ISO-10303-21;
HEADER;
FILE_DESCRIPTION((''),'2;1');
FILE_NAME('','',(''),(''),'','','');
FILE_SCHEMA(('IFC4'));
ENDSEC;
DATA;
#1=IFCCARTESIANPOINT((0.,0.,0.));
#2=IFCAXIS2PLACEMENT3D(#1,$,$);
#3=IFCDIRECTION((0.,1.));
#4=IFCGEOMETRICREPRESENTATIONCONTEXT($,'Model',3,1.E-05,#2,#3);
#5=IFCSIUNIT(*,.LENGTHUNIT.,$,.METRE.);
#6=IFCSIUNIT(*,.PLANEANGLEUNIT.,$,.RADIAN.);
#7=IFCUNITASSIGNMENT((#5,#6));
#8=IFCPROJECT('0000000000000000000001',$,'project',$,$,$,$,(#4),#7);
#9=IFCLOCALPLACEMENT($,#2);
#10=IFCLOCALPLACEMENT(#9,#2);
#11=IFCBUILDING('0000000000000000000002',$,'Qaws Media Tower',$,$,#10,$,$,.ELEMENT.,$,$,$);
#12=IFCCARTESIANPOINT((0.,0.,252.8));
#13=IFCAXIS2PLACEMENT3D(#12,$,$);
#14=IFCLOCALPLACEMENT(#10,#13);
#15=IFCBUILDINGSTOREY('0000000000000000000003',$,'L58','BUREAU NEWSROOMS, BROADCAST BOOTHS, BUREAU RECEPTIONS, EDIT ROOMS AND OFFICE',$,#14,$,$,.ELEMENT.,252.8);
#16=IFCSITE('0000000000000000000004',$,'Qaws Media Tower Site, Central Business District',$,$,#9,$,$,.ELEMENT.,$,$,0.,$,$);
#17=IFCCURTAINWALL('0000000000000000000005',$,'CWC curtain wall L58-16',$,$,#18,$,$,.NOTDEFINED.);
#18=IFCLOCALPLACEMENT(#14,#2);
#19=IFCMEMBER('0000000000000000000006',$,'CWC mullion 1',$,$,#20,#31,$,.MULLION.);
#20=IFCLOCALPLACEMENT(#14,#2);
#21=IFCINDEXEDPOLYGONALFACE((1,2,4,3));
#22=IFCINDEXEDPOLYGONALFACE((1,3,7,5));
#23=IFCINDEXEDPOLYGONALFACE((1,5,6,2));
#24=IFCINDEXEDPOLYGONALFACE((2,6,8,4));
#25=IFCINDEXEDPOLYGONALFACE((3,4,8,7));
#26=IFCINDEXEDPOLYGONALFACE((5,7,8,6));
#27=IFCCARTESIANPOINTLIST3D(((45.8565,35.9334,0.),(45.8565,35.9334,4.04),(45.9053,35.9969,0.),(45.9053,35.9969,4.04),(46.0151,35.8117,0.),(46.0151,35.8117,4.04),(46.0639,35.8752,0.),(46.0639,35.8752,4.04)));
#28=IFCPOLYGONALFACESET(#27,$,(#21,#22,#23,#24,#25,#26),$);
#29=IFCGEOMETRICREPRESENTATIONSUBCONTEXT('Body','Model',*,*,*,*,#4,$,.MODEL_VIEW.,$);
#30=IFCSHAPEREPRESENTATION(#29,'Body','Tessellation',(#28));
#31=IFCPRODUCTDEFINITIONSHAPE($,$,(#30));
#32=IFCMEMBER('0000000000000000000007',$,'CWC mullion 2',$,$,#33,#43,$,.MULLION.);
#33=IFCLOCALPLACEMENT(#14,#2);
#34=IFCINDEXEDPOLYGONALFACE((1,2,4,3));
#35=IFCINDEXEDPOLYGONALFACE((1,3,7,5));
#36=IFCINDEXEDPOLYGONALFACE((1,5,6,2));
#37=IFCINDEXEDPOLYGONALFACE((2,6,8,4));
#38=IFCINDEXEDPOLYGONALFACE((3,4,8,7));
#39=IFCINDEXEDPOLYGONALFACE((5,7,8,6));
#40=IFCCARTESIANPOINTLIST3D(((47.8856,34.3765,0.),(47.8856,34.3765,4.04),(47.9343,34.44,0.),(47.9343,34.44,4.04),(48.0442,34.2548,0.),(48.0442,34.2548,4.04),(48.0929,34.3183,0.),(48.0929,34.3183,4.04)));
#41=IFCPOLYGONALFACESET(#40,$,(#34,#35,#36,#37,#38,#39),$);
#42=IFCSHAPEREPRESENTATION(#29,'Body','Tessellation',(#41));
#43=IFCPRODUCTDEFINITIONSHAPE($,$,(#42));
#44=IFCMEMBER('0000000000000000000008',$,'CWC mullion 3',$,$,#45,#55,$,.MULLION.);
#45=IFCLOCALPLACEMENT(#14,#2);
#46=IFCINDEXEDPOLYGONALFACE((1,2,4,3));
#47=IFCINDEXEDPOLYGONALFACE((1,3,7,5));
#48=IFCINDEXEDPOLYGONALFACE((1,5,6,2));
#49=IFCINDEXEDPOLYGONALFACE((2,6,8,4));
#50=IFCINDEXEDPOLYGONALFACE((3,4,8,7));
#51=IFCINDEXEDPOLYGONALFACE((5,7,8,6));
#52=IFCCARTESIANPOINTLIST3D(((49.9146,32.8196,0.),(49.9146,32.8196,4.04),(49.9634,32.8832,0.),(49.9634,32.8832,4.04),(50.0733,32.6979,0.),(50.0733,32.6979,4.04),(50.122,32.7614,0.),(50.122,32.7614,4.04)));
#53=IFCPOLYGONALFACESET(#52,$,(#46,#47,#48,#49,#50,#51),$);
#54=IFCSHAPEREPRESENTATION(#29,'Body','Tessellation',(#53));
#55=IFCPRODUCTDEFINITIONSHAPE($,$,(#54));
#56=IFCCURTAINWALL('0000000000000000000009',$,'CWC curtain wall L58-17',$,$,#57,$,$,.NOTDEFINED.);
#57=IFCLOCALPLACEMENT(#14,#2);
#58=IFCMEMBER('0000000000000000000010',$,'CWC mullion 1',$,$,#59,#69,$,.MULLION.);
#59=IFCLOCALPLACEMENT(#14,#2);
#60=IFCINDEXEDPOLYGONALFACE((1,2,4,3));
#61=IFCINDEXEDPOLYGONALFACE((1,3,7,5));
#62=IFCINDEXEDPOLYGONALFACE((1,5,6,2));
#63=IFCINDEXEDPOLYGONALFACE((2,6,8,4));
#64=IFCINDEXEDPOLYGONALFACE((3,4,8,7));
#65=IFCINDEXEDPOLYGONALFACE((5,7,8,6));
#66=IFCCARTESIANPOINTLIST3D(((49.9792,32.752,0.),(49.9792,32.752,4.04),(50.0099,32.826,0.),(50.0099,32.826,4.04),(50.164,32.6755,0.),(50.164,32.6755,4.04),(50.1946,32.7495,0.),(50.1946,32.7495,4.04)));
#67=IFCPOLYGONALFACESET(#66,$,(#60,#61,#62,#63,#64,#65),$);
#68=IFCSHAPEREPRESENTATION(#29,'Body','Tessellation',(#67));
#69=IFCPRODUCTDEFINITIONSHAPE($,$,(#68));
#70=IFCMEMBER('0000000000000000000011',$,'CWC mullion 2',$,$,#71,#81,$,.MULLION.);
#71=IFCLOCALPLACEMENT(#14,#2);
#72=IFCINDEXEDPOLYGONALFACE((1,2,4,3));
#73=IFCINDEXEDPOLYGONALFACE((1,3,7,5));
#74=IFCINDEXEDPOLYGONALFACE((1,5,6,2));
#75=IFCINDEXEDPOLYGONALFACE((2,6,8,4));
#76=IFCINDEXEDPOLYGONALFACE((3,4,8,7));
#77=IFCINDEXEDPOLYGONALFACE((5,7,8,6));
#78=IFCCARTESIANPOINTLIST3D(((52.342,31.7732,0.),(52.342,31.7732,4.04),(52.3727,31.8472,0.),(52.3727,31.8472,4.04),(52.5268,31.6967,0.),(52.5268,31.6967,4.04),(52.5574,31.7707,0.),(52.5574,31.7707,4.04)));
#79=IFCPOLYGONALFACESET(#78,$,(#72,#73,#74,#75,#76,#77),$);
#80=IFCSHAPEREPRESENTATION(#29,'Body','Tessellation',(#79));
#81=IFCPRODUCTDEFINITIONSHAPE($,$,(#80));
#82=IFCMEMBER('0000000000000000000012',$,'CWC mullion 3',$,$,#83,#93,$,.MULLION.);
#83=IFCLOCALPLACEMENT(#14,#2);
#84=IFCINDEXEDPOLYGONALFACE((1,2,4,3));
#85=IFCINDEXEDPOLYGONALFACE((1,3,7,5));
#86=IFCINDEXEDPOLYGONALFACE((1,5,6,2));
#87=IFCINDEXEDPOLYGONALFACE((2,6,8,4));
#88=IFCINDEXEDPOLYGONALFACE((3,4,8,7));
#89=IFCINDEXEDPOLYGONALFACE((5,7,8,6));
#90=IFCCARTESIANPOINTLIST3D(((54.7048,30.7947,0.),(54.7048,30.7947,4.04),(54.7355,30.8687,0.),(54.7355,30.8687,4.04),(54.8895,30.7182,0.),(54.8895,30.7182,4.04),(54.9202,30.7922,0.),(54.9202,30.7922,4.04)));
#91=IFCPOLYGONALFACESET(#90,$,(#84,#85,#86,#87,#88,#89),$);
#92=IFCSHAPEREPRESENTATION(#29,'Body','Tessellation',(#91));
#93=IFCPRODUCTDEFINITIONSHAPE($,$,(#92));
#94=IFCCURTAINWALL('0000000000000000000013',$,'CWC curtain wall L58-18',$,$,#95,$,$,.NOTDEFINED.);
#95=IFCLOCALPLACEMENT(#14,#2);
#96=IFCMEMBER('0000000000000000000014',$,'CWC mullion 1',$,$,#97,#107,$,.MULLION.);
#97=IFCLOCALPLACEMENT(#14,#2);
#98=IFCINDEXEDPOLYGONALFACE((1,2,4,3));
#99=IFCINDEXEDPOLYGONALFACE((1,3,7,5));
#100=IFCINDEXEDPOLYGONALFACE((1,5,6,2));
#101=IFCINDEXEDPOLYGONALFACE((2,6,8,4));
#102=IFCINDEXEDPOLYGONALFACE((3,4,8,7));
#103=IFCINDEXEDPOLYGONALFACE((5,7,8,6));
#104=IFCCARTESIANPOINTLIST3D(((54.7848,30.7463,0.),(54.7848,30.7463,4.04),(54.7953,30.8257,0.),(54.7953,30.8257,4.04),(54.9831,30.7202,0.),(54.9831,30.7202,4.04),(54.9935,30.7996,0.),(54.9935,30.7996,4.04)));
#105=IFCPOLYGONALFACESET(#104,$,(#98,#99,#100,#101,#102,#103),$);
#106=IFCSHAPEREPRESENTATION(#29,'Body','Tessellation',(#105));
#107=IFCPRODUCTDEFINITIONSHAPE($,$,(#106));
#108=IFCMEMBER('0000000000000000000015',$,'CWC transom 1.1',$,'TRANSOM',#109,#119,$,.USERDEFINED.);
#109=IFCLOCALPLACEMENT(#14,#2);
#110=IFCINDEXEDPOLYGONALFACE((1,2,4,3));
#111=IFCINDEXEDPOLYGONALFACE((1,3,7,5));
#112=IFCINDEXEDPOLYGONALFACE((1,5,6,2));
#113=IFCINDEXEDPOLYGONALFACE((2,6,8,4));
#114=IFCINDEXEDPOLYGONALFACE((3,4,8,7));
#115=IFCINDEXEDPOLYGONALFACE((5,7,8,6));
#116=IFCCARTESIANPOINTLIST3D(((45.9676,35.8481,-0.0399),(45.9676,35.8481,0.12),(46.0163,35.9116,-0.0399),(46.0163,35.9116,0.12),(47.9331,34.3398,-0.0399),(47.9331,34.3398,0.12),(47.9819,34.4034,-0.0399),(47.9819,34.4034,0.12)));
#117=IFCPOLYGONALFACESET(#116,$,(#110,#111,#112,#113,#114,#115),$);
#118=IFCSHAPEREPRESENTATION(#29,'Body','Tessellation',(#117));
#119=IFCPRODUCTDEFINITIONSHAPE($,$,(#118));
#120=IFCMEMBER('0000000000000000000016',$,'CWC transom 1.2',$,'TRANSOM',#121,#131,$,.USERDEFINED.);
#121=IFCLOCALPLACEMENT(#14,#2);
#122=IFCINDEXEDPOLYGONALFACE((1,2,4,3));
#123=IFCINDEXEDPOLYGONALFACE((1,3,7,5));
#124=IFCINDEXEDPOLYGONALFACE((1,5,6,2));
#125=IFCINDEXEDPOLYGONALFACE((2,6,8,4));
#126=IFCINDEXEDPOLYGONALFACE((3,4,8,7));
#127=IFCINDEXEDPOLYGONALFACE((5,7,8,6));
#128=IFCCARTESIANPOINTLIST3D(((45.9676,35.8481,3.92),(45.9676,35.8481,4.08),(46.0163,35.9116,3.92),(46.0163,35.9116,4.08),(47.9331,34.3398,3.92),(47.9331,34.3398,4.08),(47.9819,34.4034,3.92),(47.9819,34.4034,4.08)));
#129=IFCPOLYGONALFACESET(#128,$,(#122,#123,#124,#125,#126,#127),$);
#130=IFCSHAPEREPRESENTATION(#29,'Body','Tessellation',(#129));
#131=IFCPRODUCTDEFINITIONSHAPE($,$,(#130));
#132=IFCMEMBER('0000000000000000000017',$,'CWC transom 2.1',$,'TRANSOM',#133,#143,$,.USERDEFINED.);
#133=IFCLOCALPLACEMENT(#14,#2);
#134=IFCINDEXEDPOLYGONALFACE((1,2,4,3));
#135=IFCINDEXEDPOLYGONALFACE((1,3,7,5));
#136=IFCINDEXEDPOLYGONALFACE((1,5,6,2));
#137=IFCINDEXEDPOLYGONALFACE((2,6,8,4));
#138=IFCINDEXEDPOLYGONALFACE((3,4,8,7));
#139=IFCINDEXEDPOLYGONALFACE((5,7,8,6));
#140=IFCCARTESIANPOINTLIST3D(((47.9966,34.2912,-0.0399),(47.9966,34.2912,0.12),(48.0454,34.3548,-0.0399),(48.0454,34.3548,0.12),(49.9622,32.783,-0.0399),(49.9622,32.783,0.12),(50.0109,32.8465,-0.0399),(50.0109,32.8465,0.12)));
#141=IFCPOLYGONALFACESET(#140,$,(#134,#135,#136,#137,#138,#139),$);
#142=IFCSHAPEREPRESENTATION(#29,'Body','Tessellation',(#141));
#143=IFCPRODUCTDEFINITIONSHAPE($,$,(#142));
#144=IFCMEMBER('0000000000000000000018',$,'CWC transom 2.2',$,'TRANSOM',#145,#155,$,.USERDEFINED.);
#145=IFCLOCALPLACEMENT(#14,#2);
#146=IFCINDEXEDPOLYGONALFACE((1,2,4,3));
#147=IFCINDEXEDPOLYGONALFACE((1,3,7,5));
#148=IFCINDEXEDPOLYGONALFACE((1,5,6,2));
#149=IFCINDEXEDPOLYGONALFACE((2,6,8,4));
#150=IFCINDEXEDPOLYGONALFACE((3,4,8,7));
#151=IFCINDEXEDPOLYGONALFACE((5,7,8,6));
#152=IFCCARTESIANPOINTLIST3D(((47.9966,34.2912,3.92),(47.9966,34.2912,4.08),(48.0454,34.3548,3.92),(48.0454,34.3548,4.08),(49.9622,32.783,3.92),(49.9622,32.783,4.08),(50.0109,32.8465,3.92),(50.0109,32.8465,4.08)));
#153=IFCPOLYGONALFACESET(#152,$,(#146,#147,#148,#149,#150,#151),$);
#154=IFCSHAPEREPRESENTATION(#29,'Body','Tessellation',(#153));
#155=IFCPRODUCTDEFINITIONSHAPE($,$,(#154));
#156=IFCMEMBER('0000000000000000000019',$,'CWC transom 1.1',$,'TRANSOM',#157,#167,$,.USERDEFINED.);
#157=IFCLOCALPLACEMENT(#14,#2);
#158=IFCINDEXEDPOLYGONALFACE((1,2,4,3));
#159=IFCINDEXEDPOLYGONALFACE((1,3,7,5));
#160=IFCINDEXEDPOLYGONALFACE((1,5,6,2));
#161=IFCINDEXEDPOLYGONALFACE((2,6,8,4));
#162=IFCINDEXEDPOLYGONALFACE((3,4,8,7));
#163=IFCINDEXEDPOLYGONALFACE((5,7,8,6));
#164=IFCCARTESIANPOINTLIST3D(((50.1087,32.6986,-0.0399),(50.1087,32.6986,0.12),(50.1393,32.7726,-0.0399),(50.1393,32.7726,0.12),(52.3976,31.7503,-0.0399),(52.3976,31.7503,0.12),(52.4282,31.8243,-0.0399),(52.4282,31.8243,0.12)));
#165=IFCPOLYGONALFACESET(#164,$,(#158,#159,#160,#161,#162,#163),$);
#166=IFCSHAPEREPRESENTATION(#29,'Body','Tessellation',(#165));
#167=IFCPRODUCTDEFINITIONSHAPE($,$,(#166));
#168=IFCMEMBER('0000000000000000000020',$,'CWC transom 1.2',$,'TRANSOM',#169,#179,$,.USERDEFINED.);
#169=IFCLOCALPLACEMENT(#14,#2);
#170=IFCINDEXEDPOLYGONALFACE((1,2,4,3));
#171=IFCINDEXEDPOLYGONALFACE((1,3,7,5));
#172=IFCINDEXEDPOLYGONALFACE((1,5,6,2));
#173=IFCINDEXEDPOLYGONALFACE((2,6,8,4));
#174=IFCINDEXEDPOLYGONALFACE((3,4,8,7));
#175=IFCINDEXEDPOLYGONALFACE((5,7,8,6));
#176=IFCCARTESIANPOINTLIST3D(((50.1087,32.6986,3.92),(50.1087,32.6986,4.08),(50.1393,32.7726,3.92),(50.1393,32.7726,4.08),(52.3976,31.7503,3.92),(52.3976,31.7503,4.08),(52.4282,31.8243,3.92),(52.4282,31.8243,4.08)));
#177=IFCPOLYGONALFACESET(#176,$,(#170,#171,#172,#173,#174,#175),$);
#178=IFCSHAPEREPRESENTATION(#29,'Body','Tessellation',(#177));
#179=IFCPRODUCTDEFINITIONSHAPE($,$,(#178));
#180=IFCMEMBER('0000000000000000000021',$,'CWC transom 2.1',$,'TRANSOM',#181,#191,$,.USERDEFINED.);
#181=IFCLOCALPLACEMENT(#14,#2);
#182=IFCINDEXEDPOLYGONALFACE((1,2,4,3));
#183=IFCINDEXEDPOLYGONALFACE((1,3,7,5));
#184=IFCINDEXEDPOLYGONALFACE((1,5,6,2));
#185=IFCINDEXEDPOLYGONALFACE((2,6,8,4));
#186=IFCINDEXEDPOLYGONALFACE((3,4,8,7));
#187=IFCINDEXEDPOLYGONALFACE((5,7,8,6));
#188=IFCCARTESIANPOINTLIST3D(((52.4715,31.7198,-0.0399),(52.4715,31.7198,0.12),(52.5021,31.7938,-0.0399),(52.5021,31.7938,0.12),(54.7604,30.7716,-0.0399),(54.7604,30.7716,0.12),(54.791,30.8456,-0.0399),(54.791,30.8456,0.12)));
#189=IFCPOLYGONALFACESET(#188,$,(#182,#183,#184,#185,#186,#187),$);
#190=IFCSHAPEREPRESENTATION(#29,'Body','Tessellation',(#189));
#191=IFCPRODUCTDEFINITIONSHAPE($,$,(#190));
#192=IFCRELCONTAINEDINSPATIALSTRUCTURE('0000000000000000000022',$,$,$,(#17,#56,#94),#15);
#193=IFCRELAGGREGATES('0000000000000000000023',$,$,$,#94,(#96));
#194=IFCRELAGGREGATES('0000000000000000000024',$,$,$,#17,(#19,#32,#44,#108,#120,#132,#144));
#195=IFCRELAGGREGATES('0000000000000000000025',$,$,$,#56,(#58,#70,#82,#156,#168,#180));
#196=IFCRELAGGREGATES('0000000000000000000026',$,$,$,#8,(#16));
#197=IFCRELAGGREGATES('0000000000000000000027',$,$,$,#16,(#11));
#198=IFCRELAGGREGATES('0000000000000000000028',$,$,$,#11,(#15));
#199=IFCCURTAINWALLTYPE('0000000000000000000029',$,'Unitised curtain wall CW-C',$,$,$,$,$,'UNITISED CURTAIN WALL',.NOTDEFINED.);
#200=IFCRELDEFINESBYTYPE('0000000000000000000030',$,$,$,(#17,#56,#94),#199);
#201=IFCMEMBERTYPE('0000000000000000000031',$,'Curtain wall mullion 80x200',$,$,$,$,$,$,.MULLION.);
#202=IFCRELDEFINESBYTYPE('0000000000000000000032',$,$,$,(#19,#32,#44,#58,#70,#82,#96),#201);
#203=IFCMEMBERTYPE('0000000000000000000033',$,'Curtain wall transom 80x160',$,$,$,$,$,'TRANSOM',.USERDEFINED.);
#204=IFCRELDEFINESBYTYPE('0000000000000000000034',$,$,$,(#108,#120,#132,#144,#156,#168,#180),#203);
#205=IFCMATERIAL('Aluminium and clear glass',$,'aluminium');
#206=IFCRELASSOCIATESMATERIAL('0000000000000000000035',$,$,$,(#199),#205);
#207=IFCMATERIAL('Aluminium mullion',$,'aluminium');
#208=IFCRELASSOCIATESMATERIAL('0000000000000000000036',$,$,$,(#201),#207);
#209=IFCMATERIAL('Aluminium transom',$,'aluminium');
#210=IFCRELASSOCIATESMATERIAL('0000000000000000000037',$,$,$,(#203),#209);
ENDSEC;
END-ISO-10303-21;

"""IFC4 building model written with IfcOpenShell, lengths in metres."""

from ifc_helpers import new_model, si_unit, direction, frame, origin, origin_2d, place, context, subcontext, project, spatial, rectangle, extrude, material, material_profile, profile_set, type_object, element, aggregate, save


model = new_model("IFC4")

# Units and contexts
model_context = context("Model", 3, precision=1e-05, world=origin(), true_north=direction((0.0, 1.0)))
body_context = subcontext(model_context, "Body", "Model", "MODEL_VIEW")
ifc_project = project(units=[si_unit("LENGTHUNIT", "METRE"), si_unit("PLANEANGLEUNIT", "RADIAN")], contexts=[model_context])

# Site, building, storey
site_placement = place(None, origin())
site = spatial("IfcSite", under=ifc_project, at=site_placement, Name="Qaws Media Tower Site, Central Business District", CompositionType="ELEMENT", RefElevation=0.0)
building_placement = place(site_placement, origin())
building = spatial("IfcBuilding", under=site, at=building_placement, Name="Qaws Media Tower", CompositionType="ELEMENT")
storey_placement = place(building_placement, frame((0.0, 0.0, 252.8)))
storey = spatial("IfcBuildingStorey", under=building, at=storey_placement, Name="L58", Description="BUREAU NEWSROOMS, BROADCAST BOOTHS, BUREAU RECEPTIONS, EDIT ROOMS AND OFFICE", CompositionType="ELEMENT", Elevation=252.8)

# Curtain walls, members
ifc_material_1 = material(Name="Aluminium and clear glass", Category="aluminium")
curtain_wall_type = type_object("IfcCurtainWallType", Name="Unitised curtain wall CW-C", ElementType="UNITISED CURTAIN WALL", PredefinedType="NOTDEFINED", material=ifc_material_1)
curtain_wall_1_placement = place(storey_placement, origin())
curtain_wall_1 = element("IfcCurtainWall", 1, at=curtain_wall_1_placement, inside=storey, type_object=curtain_wall_type, Name="CWC curtain wall L58-16", PredefinedType="NOTDEFINED")
ifc_material_2 = material(Name="Aluminium mullion", Category="aluminium")
ifc_material_profile_1 = material_profile(ifc_material_2, rectangle(XDim=0.0801, YDim=0.2, at=origin_2d()), Name="80x200")
ifc_profile_set_1 = profile_set([ifc_material_profile_1], Name="Aluminium mullion")
member_type_1 = type_object("IfcMemberType", Name="Curtain wall mullion 80x200", PredefinedType="MULLION", material=ifc_profile_set_1)
member_1_placement = place(storey_placement, frame((45.9602, 35.9043, 0.0), z_axis=(0.0, 0.0, 1.0), x_axis=(0.608761, 0.793353, 0.0)))
member_1 = element("IfcMember", 2, at=member_1_placement, type_object=member_type_1, Name="CWC mullion 1", PredefinedType="MULLION", context=body_context, shape_type="SweptSolid", body=[
    extrude(rectangle(XDim=0.0801, YDim=0.2, at=origin_2d()), origin(), (0.0, 0.0, 1.0), 4.04),
])
member_2_placement = place(storey_placement, frame((47.9893, 34.3474, 0.0), z_axis=(0.0, 0.0, 1.0), x_axis=(0.608761, 0.793353, 0.0)))
member_2 = element("IfcMember", 3, at=member_2_placement, type_object=member_type_1, Name="CWC mullion 2", PredefinedType="MULLION", context=body_context, shape_type="SweptSolid", body=[
    extrude(rectangle(XDim=0.0801, YDim=0.2, at=origin_2d()), origin(), (0.0, 0.0, 1.0), 4.04),
])
member_3_placement = place(storey_placement, frame((50.0183, 32.7905, 0.0), z_axis=(0.0, 0.0, 1.0), x_axis=(0.608761, 0.793353, 0.0)))
member_3 = element("IfcMember", 4, at=member_3_placement, type_object=member_type_1, Name="CWC mullion 3", PredefinedType="MULLION", context=body_context, shape_type="SweptSolid", body=[
    extrude(rectangle(XDim=0.0801, YDim=0.2, at=origin_2d()), origin(), (0.0, 0.0, 1.0), 4.04),
])
curtain_wall_2_placement = place(storey_placement, origin())
curtain_wall_2 = element("IfcCurtainWall", 5, at=curtain_wall_2_placement, inside=storey, type_object=curtain_wall_type, Name="CWC curtain wall L58-17", PredefinedType="NOTDEFINED")
member_4_placement = place(storey_placement, frame((50.0869, 32.7507, 0.0), z_axis=(0.0, 0.0, 1.0), x_axis=(0.382683, 0.92388, 0.0)))
member_4 = element("IfcMember", 6, at=member_4_placement, type_object=member_type_1, Name="CWC mullion 1", PredefinedType="MULLION", context=body_context, shape_type="SweptSolid", body=[
    extrude(rectangle(XDim=0.0801, YDim=0.2, at=origin_2d()), origin(), (0.0, 0.0, 1.0), 4.04),
])
member_5_placement = place(storey_placement, frame((52.4497, 31.772, 0.0), z_axis=(0.0, 0.0, 1.0), x_axis=(0.382683, 0.92388, 0.0)))
member_5 = element("IfcMember", 7, at=member_5_placement, type_object=member_type_1, Name="CWC mullion 2", PredefinedType="MULLION", context=body_context, shape_type="SweptSolid", body=[
    extrude(rectangle(XDim=0.0801, YDim=0.2, at=origin_2d()), origin(), (0.0, 0.0, 1.0), 4.04),
])
member_6_placement = place(storey_placement, frame((54.8125, 30.7935, 0.0), z_axis=(0.0, 0.0, 1.0), x_axis=(0.382683, 0.92388, 0.0)))
member_6 = element("IfcMember", 8, at=member_6_placement, type_object=member_type_1, Name="CWC mullion 3", PredefinedType="MULLION", context=body_context, shape_type="SweptSolid", body=[
    extrude(rectangle(XDim=0.0801, YDim=0.2, at=origin_2d()), origin(), (0.0, 0.0, 1.0), 4.04),
])

# Curtain wall, member
curtain_wall_3_placement = place(storey_placement, origin())
curtain_wall_3 = element("IfcCurtainWall", 9, at=curtain_wall_3_placement, inside=storey, type_object=curtain_wall_type, Name="CWC curtain wall L58-18", PredefinedType="NOTDEFINED")
member_7_placement = place(storey_placement, frame((54.8892, 30.7729, 0.0), z_axis=(0.0, 0.0, 1.0), x_axis=(0.130526, 0.991445, 0.0)))
member_7 = element("IfcMember", 10, at=member_7_placement, type_object=member_type_1, Name="CWC mullion 1", PredefinedType="MULLION", context=body_context, shape_type="SweptSolid", body=[
    extrude(rectangle(XDim=0.0801, YDim=0.2, at=origin_2d()), origin(), (0.0, 0.0, 1.0), 4.04),
])

# Members
ifc_material_3 = material(Name="Aluminium transom", Category="aluminium")
ifc_material_profile_2 = material_profile(ifc_material_3, rectangle(XDim=0.0801, YDim=0.1599, at=origin_2d()), Name="80x160")
ifc_profile_set_2 = profile_set([ifc_material_profile_2], Name="Aluminium transom")
member_type_2 = type_object("IfcMemberType", Name="Curtain wall transom 80x160", ElementType="TRANSOM", PredefinedType="USERDEFINED", material=ifc_profile_set_2)
member_8_placement = place(storey_placement, frame((45.9919, 35.8799, 0.04), z_axis=(0.793341, -0.608777, 0.0), x_axis=(0.608777, 0.793341, 0.0)))
member_8 = element("IfcMember", 11, at=member_8_placement, type_object=member_type_2, Name="CWC transom 1.1", ObjectType="TRANSOM", PredefinedType="USERDEFINED", context=body_context, shape_type="SweptSolid", body=[
    extrude(rectangle(XDim=0.0801, YDim=0.1599, at=origin_2d()), origin(), (0.0, 0.0, 1.0), 2.4775),
])
member_9_placement = place(storey_placement, frame((45.9919, 35.8799, 4.0), z_axis=(0.793341, -0.608777, 0.0), x_axis=(0.608777, 0.793341, 0.0)))
member_9 = element("IfcMember", 12, at=member_9_placement, type_object=member_type_2, Name="CWC transom 1.2", ObjectType="TRANSOM", PredefinedType="USERDEFINED", context=body_context, shape_type="SweptSolid", body=[
    extrude(rectangle(XDim=0.0801, YDim=0.1599, at=origin_2d()), origin(), (0.0, 0.0, 1.0), 2.4775),
])
member_10_placement = place(storey_placement, frame((48.021, 34.323, 0.04), z_axis=(0.793341, -0.608777, 0.0), x_axis=(0.608777, 0.793341, 0.0)))
member_10 = element("IfcMember", 13, at=member_10_placement, type_object=member_type_2, Name="CWC transom 2.1", ObjectType="TRANSOM", PredefinedType="USERDEFINED", context=body_context, shape_type="SweptSolid", body=[
    extrude(rectangle(XDim=0.0801, YDim=0.1599, at=origin_2d()), origin(), (0.0, 0.0, 1.0), 2.4775),
])
member_11_placement = place(storey_placement, frame((48.021, 34.323, 4.0), z_axis=(0.793341, -0.608777, 0.0), x_axis=(0.608777, 0.793341, 0.0)))
member_11 = element("IfcMember", 14, at=member_11_placement, type_object=member_type_2, Name="CWC transom 2.2", ObjectType="TRANSOM", PredefinedType="USERDEFINED", context=body_context, shape_type="SweptSolid", body=[
    extrude(rectangle(XDim=0.0801, YDim=0.1599, at=origin_2d()), origin(), (0.0, 0.0, 1.0), 2.4775),
])
member_12_placement = place(storey_placement, frame((50.124, 32.7356, 0.04), z_axis=(0.923853, -0.382746, 0.0), x_axis=(0.382746, 0.923853, 0.0)))
member_12 = element("IfcMember", 15, at=member_12_placement, type_object=member_type_2, Name="CWC transom 1.1", ObjectType="TRANSOM", PredefinedType="USERDEFINED", context=body_context, shape_type="SweptSolid", body=[
    extrude(rectangle(XDim=0.0801, YDim=0.1599, at=origin_2d()), origin(), (0.0, 0.0, 1.0), 2.4775),
])
member_13_placement = place(storey_placement, frame((50.124, 32.7356, 4.0), z_axis=(0.923853, -0.382746, 0.0), x_axis=(0.382746, 0.923853, 0.0)))
member_13 = element("IfcMember", 16, at=member_13_placement, type_object=member_type_2, Name="CWC transom 1.2", ObjectType="TRANSOM", PredefinedType="USERDEFINED", context=body_context, shape_type="SweptSolid", body=[
    extrude(rectangle(XDim=0.0801, YDim=0.1599, at=origin_2d()), origin(), (0.0, 0.0, 1.0), 2.4775),
])
member_14_placement = place(storey_placement, frame((52.4868, 31.7568, 0.04), z_axis=(0.923853, -0.382746, 0.0), x_axis=(0.382746, 0.923853, 0.0)))
member_14 = element("IfcMember", 17, at=member_14_placement, type_object=member_type_2, Name="CWC transom 2.1", ObjectType="TRANSOM", PredefinedType="USERDEFINED", context=body_context, shape_type="SweptSolid", body=[
    extrude(rectangle(XDim=0.0801, YDim=0.1599, at=origin_2d()), origin(), (0.0, 0.0, 1.0), 2.4775),
])
aggregate(curtain_wall_3, [member_7])

aggregate(curtain_wall_1, [member_1, member_2, member_3, member_8, member_9, member_10, member_11])
aggregate(curtain_wall_2, [member_4, member_5, member_6, member_12, member_13, member_14])

save(model, "model.ifc")
